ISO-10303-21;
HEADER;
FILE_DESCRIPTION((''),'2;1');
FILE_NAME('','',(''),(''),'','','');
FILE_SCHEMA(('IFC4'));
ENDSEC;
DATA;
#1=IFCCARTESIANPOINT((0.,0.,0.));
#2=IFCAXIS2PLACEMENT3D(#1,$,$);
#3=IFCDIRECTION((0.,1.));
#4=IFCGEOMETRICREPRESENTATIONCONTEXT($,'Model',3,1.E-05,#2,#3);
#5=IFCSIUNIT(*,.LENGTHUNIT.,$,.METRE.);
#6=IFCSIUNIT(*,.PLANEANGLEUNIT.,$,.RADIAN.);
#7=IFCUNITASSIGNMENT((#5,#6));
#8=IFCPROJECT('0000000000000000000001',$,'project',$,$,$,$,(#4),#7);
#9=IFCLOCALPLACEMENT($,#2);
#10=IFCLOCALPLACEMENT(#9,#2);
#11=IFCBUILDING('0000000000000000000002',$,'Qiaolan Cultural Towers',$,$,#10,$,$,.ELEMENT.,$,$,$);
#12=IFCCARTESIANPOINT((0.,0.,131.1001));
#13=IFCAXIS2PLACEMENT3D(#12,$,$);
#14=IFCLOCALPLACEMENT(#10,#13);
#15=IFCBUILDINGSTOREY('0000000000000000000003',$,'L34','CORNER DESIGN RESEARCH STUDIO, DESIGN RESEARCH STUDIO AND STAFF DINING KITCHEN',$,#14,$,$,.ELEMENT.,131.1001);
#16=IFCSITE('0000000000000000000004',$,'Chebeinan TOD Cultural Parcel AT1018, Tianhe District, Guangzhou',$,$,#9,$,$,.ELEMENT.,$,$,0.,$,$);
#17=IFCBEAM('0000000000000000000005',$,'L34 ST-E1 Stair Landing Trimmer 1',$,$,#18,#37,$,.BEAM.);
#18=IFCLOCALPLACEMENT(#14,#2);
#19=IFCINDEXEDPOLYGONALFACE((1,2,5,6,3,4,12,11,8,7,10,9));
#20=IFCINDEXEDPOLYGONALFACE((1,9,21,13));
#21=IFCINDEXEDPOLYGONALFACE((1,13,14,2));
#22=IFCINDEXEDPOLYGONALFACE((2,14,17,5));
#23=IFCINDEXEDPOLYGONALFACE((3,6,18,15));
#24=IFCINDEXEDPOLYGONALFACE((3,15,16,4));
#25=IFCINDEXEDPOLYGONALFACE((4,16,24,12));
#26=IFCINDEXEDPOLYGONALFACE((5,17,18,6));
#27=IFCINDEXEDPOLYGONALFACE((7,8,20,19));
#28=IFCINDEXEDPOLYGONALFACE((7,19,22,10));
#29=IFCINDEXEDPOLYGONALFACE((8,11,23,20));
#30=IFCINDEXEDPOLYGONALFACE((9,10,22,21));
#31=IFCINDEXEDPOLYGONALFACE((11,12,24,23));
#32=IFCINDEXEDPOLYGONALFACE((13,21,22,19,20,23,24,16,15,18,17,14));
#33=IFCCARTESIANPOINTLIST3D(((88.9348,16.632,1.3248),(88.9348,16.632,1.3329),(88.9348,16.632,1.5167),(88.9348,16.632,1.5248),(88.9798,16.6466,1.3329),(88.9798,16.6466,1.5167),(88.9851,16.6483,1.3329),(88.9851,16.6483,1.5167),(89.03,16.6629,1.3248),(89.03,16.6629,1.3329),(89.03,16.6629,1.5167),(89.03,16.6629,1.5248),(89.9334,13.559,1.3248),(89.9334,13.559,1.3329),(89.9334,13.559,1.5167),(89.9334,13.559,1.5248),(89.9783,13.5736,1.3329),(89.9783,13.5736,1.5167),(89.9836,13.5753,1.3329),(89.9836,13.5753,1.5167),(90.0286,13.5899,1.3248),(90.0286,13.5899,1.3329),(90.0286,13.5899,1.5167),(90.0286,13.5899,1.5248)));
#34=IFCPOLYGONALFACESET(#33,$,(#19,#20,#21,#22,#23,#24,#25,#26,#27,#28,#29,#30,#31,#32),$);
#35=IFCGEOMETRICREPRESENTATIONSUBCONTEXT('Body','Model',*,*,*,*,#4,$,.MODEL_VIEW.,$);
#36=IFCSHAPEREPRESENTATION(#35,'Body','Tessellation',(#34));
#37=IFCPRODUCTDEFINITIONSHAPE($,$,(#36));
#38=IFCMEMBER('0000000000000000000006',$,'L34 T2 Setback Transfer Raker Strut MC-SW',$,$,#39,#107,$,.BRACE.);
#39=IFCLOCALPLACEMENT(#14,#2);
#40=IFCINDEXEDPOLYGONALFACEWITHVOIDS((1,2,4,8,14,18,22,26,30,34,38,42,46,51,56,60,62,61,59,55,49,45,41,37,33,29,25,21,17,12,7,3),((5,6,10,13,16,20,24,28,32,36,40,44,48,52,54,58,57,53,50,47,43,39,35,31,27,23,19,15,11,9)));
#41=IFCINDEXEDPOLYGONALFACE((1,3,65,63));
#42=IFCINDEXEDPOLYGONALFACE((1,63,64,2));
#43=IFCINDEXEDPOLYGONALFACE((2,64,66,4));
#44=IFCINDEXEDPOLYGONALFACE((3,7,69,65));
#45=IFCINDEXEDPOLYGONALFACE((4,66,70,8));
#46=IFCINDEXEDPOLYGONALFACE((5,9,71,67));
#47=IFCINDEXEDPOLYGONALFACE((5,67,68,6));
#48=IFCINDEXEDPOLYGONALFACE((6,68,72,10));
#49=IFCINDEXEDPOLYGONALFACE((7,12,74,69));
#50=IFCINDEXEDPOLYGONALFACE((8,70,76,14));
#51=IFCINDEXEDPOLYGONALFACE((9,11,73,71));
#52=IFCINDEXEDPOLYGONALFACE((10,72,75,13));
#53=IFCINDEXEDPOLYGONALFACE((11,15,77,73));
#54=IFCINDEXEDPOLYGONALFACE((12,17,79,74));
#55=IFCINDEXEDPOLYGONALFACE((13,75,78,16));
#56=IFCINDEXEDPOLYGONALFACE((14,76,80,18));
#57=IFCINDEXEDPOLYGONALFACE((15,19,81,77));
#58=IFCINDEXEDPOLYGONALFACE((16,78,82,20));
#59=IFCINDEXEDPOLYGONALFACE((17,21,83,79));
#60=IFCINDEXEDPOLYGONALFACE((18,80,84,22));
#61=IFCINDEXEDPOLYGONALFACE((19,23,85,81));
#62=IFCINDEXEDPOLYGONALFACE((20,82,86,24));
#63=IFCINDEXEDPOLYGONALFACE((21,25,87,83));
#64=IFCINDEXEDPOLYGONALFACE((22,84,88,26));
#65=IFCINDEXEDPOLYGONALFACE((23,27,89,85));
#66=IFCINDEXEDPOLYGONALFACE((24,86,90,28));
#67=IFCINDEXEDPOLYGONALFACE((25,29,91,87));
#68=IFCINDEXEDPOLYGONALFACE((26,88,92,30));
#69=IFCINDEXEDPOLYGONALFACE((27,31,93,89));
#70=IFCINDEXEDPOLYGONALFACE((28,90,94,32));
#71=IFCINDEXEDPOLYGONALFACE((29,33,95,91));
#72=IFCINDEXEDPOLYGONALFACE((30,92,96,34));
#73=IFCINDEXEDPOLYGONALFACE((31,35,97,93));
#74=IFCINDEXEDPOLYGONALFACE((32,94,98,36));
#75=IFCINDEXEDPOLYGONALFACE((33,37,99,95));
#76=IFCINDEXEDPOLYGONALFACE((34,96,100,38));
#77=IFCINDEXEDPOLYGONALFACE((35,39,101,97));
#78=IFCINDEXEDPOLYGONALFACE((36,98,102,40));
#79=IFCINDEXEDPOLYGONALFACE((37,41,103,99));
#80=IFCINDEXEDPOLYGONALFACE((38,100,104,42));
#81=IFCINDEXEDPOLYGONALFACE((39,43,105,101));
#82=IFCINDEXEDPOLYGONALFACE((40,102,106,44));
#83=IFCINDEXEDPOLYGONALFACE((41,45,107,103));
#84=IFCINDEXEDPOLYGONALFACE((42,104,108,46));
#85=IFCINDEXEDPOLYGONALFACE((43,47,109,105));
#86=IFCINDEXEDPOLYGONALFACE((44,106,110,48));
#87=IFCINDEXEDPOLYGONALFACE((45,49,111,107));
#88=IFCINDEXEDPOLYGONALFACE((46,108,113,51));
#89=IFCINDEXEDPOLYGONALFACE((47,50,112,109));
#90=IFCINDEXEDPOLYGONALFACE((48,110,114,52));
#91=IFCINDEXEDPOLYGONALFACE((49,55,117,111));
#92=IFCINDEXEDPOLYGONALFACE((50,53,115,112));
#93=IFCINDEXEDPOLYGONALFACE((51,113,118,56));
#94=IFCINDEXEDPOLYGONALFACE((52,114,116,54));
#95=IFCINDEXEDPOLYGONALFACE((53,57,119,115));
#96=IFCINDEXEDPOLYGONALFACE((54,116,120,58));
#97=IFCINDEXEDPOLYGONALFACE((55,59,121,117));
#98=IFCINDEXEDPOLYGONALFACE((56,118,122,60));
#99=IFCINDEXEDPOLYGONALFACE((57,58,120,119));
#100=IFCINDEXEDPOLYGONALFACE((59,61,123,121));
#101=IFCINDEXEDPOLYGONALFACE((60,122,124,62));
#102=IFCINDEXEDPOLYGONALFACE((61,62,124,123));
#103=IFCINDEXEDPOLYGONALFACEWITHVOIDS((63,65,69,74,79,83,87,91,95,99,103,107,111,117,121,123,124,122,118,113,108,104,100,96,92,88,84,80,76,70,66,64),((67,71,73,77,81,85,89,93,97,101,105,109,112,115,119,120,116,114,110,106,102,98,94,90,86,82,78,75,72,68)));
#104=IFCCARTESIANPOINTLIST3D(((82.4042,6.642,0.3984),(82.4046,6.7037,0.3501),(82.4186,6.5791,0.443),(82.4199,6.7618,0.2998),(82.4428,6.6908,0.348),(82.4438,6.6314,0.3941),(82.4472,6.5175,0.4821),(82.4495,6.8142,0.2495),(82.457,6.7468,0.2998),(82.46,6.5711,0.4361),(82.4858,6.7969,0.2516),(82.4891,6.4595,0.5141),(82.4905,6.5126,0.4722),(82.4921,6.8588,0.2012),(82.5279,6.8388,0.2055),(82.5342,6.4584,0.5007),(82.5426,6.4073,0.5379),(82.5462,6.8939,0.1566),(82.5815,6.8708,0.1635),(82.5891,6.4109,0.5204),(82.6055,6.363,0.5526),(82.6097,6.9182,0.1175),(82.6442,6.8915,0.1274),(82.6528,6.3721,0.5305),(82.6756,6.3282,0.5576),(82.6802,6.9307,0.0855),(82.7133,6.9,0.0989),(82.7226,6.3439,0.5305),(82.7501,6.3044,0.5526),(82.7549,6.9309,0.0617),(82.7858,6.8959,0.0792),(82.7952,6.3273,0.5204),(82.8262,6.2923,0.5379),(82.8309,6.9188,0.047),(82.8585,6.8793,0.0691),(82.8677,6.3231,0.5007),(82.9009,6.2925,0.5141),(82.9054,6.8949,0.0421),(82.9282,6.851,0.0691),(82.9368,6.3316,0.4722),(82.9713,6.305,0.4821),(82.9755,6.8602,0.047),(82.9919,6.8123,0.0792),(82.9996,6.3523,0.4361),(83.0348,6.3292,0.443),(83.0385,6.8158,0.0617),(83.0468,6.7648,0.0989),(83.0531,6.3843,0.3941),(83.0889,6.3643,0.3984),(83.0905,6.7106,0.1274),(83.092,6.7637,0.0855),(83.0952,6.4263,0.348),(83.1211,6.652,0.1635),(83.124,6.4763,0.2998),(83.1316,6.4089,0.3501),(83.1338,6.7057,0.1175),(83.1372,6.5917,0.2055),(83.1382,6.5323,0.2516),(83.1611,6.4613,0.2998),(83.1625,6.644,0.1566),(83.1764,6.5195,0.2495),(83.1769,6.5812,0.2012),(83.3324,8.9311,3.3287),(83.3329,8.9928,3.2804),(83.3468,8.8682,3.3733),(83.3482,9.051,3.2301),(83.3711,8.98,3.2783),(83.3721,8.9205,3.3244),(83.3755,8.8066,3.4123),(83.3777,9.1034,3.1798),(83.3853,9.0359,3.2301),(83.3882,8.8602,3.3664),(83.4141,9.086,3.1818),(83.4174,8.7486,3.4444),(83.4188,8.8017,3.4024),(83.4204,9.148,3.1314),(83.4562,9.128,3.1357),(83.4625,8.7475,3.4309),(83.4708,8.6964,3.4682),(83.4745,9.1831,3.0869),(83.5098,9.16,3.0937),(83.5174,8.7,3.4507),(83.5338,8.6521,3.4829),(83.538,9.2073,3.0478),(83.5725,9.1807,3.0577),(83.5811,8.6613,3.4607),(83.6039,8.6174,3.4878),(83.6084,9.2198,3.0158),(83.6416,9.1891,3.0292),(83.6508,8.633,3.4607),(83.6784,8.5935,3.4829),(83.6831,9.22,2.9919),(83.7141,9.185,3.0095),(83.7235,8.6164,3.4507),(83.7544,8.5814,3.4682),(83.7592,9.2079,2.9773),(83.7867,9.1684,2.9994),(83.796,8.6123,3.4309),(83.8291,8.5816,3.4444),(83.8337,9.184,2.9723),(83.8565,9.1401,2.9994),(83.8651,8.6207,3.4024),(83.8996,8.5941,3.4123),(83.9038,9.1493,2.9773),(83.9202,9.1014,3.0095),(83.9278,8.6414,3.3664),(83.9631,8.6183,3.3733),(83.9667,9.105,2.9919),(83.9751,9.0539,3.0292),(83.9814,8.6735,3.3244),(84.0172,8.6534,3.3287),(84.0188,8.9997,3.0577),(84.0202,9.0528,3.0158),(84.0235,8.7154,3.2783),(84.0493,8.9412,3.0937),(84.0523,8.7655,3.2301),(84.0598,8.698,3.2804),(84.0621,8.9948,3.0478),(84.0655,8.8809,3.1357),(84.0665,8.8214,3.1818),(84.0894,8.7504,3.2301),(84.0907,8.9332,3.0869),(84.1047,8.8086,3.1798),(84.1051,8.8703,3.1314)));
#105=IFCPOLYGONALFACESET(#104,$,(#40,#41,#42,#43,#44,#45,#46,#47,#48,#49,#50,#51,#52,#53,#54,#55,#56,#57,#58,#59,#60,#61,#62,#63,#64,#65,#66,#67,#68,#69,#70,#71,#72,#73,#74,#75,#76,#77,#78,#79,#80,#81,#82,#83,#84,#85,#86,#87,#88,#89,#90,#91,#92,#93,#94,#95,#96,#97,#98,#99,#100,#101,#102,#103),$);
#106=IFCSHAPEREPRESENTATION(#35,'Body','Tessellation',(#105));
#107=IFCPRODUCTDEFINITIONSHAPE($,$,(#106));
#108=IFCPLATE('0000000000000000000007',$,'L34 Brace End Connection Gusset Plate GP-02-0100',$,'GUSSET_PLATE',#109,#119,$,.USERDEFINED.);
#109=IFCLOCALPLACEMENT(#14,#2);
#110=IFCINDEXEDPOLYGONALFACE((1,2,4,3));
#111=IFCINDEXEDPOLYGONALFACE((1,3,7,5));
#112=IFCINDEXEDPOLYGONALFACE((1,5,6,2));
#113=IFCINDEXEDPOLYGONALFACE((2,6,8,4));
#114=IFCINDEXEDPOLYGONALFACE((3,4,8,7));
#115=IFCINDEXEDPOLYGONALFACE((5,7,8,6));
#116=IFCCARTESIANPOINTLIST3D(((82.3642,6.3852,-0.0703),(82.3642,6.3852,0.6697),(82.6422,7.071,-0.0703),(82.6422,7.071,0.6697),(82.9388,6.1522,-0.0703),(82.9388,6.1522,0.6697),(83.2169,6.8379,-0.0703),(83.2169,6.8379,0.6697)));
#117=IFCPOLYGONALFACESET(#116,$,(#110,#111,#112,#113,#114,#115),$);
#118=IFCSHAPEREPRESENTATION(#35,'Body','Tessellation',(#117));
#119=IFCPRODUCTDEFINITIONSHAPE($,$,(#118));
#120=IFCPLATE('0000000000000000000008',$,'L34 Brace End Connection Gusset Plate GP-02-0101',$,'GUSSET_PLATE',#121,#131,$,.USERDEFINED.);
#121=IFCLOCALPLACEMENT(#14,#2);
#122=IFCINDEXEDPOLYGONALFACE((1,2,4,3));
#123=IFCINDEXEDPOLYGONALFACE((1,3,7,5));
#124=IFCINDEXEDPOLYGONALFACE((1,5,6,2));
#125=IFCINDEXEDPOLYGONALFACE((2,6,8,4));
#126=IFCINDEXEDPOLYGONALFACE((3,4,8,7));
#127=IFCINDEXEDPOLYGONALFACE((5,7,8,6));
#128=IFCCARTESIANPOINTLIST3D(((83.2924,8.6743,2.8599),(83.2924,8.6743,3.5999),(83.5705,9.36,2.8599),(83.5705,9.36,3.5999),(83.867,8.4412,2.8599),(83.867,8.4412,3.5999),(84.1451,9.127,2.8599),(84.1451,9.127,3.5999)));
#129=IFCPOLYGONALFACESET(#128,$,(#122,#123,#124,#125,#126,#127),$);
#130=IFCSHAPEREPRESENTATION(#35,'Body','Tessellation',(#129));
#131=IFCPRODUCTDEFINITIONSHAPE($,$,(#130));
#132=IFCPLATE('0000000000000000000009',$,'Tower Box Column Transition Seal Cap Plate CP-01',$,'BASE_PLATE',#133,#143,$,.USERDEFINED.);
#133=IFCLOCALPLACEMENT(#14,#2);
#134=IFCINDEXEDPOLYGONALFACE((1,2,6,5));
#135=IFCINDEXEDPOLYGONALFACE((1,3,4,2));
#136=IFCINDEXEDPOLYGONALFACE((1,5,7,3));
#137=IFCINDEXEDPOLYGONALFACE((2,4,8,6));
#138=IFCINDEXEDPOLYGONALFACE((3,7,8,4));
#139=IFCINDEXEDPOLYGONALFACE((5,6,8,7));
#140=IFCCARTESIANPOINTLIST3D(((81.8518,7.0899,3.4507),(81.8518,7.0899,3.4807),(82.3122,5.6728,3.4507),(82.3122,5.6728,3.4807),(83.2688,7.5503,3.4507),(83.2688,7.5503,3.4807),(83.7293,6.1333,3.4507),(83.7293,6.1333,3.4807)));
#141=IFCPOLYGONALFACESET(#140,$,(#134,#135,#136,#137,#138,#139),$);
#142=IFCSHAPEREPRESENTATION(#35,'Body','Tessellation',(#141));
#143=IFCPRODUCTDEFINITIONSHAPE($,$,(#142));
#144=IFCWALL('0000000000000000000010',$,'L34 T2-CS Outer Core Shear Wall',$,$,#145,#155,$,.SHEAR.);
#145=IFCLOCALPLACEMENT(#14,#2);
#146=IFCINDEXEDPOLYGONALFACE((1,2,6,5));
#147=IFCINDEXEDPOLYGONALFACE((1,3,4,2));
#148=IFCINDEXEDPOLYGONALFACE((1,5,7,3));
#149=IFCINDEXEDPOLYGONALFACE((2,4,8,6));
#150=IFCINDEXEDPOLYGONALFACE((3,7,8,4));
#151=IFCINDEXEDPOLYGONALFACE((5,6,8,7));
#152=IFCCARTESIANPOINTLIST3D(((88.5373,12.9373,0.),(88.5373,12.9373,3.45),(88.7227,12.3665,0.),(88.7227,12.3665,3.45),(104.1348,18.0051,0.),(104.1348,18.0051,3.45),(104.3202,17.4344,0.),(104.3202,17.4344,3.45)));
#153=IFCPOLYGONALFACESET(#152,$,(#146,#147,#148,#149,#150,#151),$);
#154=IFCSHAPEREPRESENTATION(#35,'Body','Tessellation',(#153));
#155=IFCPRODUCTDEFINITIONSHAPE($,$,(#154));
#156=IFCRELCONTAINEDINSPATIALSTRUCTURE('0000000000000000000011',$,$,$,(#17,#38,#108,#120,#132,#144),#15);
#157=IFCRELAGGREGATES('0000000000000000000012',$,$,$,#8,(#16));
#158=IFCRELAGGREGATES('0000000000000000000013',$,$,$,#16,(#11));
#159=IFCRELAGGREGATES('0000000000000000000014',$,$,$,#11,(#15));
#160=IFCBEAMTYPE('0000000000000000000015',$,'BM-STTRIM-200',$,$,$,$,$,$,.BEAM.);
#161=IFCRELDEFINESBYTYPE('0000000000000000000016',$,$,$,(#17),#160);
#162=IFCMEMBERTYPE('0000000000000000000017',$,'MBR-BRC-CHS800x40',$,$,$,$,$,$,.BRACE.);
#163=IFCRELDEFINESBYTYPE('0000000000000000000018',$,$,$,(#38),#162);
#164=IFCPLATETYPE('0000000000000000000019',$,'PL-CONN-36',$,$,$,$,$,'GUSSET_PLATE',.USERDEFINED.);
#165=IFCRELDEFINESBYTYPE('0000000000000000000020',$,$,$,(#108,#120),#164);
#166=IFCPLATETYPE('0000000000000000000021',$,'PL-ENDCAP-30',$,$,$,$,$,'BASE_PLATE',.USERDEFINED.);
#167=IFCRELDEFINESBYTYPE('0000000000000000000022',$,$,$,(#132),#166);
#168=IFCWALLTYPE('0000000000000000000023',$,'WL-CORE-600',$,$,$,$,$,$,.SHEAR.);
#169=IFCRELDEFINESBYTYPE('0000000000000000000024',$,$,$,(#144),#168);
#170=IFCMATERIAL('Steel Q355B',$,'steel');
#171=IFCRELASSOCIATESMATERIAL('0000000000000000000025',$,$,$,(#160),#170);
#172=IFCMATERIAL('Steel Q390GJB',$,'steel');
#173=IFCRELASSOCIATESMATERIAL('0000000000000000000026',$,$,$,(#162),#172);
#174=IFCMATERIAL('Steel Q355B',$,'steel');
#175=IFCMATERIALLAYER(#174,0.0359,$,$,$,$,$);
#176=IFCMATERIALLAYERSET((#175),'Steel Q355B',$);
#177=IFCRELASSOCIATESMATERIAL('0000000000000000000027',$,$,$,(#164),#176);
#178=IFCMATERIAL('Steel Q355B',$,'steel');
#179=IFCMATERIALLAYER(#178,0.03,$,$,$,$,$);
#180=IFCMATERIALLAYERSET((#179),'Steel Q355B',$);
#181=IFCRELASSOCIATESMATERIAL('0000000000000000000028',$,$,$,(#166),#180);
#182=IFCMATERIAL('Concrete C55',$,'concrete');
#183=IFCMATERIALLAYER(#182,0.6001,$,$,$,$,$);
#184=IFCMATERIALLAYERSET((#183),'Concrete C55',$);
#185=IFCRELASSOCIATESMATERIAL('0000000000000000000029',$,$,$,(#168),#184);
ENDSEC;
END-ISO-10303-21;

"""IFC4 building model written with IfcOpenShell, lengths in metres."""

from ifc_helpers import new_model, si_unit, direction, frame, frame_2d, origin, origin_2d, place, context, subcontext, project, spatial, rectangle, hollow_circle, i_section, extrude, material, layer, layer_set, material_profile, profile_set, type_object, element, save


model = new_model("IFC4")

# Units and contexts
model_context = context("Model", 3, precision=1e-05, world=origin(), true_north=direction((0.0, 1.0)))
body_context = subcontext(model_context, "Body", "Model", "MODEL_VIEW")
ifc_project = project(units=[si_unit("LENGTHUNIT", "METRE"), si_unit("PLANEANGLEUNIT", "RADIAN")], contexts=[model_context])

# Site, building, storey
site_placement = place(None, origin())
site = spatial("IfcSite", under=ifc_project, at=site_placement, Name="Chebeinan TOD Cultural Parcel AT1018, Tianhe District, Guangzhou", CompositionType="ELEMENT", RefElevation=0.0)
building_placement = place(site_placement, origin())
building = spatial("IfcBuilding", under=site, at=building_placement, Name="Qiaolan Cultural Towers", CompositionType="ELEMENT")
storey_placement = place(building_placement, frame((0.0, 0.0, 131.1001)))
storey = spatial("IfcBuildingStorey", under=building, at=storey_placement, Name="L34", Description="CORNER DESIGN RESEARCH STUDIO, DESIGN RESEARCH STUDIO AND STAFF DINING KITCHEN", CompositionType="ELEMENT", Elevation=131.1001)

# Beam
ifc_material_1 = material(Name="Steel Q355B", Category="steel")
ifc_material_profile_1 = material_profile(ifc_material_1, i_section(OverallWidth=0.1001, OverallDepth=0.2, WebThickness=0.0056, FlangeThickness=0.0081, at=origin_2d()), Name="HN200x100x5.5x8")
ifc_profile_set_1 = profile_set([ifc_material_profile_1], Name="Steel Q355B")
beam_type_1 = type_object("IfcBeamType", Name="BM-STTRIM-200", PredefinedType="BEAM", material=ifc_profile_set_1)
beam_1_placement = place(storey_placement, frame((88.9824, 16.6475, 1.4248), z_axis=(0.309033, -0.951051, 0.0), x_axis=(0.951051, 0.309033, 0.0)))
element("IfcBeam", 1, at=beam_1_placement, inside=storey, type_object=beam_type_1, Name="L34 ST-E1 Stair Landing Trimmer 1", PredefinedType="BEAM", context=body_context, shape_type="SweptSolid", body=[
    extrude(i_section(OverallWidth=0.1001, OverallDepth=0.2, WebThickness=0.0056, FlangeThickness=0.0081, at=origin_2d()), origin(), (0.0, 0.0, 1.0), 3.2312),
])

# Member
ifc_material_2 = material(Name="Steel Q390GJB", Category="steel")
ifc_material_profile_2 = material_profile(ifc_material_2, hollow_circle(Radius=0.3999, WallThickness=0.04, at=origin_2d()), Name="CHS800x40")
ifc_profile_set_2 = profile_set([ifc_material_profile_2], Name="Steel Q390GJB")
member_type = type_object("IfcMemberType", Name="MBR-BRC-CHS800x40", PredefinedType="BRACE", material=ifc_profile_set_2)
member_placement = place(storey_placement, frame((82.7905, 6.6116, 0.2998), z_axis=(0.242204, 0.597291, 0.764579), x_axis=(-0.926708, 0.375783, 0.0)))
element("IfcMember", 2, at=member_placement, inside=storey, type_object=member_type, Name="L34 T2 Setback Transfer Raker Strut MC-SW", PredefinedType="BRACE", context=body_context, shape_type="SweptSolid", body=[
    extrude(hollow_circle(Radius=0.3999, WallThickness=0.04, at=origin_2d()), origin(), (0.0, 0.0, 1.0), 3.8325),
])

# Plates
ifc_material_3 = material(Name="Steel Q355B", Category="steel")
ifc_layer_1 = layer(ifc_material_3, 0.0359)
ifc_layer_set_1 = layer_set([ifc_layer_1], Name="Steel Q355B")
plate_type_1 = type_object("IfcPlateType", Name="PL-CONN-36", ElementType="GUSSET_PLATE", PredefinedType="USERDEFINED", material=ifc_layer_set_1)
for number, where, z_axis, x_axis, name in (
    (3, (82.7905, 6.6116, -0.0703), (0.0, 0.0, 1.0), (0.375786, 0.926707, 0.0), "L34 Brace End Connection Gusset Plate GP-02-0100"),
    (4, (83.7188, 8.9006, 2.8599), (0.0, 0.0, 1.0), (0.375786, 0.926707, 0.0), "L34 Brace End Connection Gusset Plate GP-02-0101"),
):
    element("IfcPlate", number, at=place(storey_placement, frame(where, z_axis=z_axis, x_axis=x_axis)), inside=storey, type_object=plate_type_1, Name=name, ObjectType="GUSSET_PLATE", PredefinedType="USERDEFINED", context=body_context, shape_type="SweptSolid", body=[
        extrude(rectangle(XDim=0.74, YDim=0.6201, at=origin_2d()), origin(), (0.0, 0.0, 1.0), 0.74),
    ])
ifc_material_4 = material(Name="Steel Q355B", Category="steel")
ifc_layer_2 = layer(ifc_material_4, 0.03)
ifc_layer_set_2 = layer_set([ifc_layer_2], Name="Steel Q355B")
plate_type_2 = type_object("IfcPlateType", Name="PL-ENDCAP-30", ElementType="BASE_PLATE", PredefinedType="USERDEFINED", material=ifc_layer_set_2)
plate_placement = place(storey_placement, frame((82.7905, 6.6116, 3.4507), z_axis=(0.0, 0.0, 1.0), x_axis=(0.951057, 0.309017, 0.0)))
element("IfcPlate", 5, at=plate_placement, inside=storey, type_object=plate_type_2, Name="Tower Box Column Transition Seal Cap Plate CP-01", ObjectType="BASE_PLATE", PredefinedType="USERDEFINED", context=body_context, shape_type="SweptSolid", body=[
    extrude(rectangle(XDim=1.49, YDim=1.49, at=origin_2d()), origin(), (0.0, 0.0, 1.0), 0.03),
])

# Wall
ifc_material_5 = material(Name="Concrete C55", Category="concrete")
ifc_layer_3 = layer(ifc_material_5, 0.6001)
ifc_layer_set_3 = layer_set([ifc_layer_3], Name="Concrete C55")
wall_type_1 = type_object("IfcWallType", Name="WL-CORE-600", PredefinedType="SHEAR", material=ifc_layer_set_3)
wall_1_placement = place(storey_placement, frame((88.6299, 12.6519, 0.0), z_axis=(0.0, 0.0, 1.0), x_axis=(0.951057, 0.309015, 0.0)))
element("IfcWall", 6, at=wall_1_placement, inside=storey, type_object=wall_type_1, Name="L34 T2-CS Outer Core Shear Wall", PredefinedType="SHEAR", context=body_context, shape_type="SweptSolid", body=[
    extrude(rectangle(XDim=16.4001, YDim=0.6001, at=frame_2d((8.2002, 0.0))), origin(), (0.0, 0.0, 1.0), 3.45),
])

save(model, "model.ifc")
